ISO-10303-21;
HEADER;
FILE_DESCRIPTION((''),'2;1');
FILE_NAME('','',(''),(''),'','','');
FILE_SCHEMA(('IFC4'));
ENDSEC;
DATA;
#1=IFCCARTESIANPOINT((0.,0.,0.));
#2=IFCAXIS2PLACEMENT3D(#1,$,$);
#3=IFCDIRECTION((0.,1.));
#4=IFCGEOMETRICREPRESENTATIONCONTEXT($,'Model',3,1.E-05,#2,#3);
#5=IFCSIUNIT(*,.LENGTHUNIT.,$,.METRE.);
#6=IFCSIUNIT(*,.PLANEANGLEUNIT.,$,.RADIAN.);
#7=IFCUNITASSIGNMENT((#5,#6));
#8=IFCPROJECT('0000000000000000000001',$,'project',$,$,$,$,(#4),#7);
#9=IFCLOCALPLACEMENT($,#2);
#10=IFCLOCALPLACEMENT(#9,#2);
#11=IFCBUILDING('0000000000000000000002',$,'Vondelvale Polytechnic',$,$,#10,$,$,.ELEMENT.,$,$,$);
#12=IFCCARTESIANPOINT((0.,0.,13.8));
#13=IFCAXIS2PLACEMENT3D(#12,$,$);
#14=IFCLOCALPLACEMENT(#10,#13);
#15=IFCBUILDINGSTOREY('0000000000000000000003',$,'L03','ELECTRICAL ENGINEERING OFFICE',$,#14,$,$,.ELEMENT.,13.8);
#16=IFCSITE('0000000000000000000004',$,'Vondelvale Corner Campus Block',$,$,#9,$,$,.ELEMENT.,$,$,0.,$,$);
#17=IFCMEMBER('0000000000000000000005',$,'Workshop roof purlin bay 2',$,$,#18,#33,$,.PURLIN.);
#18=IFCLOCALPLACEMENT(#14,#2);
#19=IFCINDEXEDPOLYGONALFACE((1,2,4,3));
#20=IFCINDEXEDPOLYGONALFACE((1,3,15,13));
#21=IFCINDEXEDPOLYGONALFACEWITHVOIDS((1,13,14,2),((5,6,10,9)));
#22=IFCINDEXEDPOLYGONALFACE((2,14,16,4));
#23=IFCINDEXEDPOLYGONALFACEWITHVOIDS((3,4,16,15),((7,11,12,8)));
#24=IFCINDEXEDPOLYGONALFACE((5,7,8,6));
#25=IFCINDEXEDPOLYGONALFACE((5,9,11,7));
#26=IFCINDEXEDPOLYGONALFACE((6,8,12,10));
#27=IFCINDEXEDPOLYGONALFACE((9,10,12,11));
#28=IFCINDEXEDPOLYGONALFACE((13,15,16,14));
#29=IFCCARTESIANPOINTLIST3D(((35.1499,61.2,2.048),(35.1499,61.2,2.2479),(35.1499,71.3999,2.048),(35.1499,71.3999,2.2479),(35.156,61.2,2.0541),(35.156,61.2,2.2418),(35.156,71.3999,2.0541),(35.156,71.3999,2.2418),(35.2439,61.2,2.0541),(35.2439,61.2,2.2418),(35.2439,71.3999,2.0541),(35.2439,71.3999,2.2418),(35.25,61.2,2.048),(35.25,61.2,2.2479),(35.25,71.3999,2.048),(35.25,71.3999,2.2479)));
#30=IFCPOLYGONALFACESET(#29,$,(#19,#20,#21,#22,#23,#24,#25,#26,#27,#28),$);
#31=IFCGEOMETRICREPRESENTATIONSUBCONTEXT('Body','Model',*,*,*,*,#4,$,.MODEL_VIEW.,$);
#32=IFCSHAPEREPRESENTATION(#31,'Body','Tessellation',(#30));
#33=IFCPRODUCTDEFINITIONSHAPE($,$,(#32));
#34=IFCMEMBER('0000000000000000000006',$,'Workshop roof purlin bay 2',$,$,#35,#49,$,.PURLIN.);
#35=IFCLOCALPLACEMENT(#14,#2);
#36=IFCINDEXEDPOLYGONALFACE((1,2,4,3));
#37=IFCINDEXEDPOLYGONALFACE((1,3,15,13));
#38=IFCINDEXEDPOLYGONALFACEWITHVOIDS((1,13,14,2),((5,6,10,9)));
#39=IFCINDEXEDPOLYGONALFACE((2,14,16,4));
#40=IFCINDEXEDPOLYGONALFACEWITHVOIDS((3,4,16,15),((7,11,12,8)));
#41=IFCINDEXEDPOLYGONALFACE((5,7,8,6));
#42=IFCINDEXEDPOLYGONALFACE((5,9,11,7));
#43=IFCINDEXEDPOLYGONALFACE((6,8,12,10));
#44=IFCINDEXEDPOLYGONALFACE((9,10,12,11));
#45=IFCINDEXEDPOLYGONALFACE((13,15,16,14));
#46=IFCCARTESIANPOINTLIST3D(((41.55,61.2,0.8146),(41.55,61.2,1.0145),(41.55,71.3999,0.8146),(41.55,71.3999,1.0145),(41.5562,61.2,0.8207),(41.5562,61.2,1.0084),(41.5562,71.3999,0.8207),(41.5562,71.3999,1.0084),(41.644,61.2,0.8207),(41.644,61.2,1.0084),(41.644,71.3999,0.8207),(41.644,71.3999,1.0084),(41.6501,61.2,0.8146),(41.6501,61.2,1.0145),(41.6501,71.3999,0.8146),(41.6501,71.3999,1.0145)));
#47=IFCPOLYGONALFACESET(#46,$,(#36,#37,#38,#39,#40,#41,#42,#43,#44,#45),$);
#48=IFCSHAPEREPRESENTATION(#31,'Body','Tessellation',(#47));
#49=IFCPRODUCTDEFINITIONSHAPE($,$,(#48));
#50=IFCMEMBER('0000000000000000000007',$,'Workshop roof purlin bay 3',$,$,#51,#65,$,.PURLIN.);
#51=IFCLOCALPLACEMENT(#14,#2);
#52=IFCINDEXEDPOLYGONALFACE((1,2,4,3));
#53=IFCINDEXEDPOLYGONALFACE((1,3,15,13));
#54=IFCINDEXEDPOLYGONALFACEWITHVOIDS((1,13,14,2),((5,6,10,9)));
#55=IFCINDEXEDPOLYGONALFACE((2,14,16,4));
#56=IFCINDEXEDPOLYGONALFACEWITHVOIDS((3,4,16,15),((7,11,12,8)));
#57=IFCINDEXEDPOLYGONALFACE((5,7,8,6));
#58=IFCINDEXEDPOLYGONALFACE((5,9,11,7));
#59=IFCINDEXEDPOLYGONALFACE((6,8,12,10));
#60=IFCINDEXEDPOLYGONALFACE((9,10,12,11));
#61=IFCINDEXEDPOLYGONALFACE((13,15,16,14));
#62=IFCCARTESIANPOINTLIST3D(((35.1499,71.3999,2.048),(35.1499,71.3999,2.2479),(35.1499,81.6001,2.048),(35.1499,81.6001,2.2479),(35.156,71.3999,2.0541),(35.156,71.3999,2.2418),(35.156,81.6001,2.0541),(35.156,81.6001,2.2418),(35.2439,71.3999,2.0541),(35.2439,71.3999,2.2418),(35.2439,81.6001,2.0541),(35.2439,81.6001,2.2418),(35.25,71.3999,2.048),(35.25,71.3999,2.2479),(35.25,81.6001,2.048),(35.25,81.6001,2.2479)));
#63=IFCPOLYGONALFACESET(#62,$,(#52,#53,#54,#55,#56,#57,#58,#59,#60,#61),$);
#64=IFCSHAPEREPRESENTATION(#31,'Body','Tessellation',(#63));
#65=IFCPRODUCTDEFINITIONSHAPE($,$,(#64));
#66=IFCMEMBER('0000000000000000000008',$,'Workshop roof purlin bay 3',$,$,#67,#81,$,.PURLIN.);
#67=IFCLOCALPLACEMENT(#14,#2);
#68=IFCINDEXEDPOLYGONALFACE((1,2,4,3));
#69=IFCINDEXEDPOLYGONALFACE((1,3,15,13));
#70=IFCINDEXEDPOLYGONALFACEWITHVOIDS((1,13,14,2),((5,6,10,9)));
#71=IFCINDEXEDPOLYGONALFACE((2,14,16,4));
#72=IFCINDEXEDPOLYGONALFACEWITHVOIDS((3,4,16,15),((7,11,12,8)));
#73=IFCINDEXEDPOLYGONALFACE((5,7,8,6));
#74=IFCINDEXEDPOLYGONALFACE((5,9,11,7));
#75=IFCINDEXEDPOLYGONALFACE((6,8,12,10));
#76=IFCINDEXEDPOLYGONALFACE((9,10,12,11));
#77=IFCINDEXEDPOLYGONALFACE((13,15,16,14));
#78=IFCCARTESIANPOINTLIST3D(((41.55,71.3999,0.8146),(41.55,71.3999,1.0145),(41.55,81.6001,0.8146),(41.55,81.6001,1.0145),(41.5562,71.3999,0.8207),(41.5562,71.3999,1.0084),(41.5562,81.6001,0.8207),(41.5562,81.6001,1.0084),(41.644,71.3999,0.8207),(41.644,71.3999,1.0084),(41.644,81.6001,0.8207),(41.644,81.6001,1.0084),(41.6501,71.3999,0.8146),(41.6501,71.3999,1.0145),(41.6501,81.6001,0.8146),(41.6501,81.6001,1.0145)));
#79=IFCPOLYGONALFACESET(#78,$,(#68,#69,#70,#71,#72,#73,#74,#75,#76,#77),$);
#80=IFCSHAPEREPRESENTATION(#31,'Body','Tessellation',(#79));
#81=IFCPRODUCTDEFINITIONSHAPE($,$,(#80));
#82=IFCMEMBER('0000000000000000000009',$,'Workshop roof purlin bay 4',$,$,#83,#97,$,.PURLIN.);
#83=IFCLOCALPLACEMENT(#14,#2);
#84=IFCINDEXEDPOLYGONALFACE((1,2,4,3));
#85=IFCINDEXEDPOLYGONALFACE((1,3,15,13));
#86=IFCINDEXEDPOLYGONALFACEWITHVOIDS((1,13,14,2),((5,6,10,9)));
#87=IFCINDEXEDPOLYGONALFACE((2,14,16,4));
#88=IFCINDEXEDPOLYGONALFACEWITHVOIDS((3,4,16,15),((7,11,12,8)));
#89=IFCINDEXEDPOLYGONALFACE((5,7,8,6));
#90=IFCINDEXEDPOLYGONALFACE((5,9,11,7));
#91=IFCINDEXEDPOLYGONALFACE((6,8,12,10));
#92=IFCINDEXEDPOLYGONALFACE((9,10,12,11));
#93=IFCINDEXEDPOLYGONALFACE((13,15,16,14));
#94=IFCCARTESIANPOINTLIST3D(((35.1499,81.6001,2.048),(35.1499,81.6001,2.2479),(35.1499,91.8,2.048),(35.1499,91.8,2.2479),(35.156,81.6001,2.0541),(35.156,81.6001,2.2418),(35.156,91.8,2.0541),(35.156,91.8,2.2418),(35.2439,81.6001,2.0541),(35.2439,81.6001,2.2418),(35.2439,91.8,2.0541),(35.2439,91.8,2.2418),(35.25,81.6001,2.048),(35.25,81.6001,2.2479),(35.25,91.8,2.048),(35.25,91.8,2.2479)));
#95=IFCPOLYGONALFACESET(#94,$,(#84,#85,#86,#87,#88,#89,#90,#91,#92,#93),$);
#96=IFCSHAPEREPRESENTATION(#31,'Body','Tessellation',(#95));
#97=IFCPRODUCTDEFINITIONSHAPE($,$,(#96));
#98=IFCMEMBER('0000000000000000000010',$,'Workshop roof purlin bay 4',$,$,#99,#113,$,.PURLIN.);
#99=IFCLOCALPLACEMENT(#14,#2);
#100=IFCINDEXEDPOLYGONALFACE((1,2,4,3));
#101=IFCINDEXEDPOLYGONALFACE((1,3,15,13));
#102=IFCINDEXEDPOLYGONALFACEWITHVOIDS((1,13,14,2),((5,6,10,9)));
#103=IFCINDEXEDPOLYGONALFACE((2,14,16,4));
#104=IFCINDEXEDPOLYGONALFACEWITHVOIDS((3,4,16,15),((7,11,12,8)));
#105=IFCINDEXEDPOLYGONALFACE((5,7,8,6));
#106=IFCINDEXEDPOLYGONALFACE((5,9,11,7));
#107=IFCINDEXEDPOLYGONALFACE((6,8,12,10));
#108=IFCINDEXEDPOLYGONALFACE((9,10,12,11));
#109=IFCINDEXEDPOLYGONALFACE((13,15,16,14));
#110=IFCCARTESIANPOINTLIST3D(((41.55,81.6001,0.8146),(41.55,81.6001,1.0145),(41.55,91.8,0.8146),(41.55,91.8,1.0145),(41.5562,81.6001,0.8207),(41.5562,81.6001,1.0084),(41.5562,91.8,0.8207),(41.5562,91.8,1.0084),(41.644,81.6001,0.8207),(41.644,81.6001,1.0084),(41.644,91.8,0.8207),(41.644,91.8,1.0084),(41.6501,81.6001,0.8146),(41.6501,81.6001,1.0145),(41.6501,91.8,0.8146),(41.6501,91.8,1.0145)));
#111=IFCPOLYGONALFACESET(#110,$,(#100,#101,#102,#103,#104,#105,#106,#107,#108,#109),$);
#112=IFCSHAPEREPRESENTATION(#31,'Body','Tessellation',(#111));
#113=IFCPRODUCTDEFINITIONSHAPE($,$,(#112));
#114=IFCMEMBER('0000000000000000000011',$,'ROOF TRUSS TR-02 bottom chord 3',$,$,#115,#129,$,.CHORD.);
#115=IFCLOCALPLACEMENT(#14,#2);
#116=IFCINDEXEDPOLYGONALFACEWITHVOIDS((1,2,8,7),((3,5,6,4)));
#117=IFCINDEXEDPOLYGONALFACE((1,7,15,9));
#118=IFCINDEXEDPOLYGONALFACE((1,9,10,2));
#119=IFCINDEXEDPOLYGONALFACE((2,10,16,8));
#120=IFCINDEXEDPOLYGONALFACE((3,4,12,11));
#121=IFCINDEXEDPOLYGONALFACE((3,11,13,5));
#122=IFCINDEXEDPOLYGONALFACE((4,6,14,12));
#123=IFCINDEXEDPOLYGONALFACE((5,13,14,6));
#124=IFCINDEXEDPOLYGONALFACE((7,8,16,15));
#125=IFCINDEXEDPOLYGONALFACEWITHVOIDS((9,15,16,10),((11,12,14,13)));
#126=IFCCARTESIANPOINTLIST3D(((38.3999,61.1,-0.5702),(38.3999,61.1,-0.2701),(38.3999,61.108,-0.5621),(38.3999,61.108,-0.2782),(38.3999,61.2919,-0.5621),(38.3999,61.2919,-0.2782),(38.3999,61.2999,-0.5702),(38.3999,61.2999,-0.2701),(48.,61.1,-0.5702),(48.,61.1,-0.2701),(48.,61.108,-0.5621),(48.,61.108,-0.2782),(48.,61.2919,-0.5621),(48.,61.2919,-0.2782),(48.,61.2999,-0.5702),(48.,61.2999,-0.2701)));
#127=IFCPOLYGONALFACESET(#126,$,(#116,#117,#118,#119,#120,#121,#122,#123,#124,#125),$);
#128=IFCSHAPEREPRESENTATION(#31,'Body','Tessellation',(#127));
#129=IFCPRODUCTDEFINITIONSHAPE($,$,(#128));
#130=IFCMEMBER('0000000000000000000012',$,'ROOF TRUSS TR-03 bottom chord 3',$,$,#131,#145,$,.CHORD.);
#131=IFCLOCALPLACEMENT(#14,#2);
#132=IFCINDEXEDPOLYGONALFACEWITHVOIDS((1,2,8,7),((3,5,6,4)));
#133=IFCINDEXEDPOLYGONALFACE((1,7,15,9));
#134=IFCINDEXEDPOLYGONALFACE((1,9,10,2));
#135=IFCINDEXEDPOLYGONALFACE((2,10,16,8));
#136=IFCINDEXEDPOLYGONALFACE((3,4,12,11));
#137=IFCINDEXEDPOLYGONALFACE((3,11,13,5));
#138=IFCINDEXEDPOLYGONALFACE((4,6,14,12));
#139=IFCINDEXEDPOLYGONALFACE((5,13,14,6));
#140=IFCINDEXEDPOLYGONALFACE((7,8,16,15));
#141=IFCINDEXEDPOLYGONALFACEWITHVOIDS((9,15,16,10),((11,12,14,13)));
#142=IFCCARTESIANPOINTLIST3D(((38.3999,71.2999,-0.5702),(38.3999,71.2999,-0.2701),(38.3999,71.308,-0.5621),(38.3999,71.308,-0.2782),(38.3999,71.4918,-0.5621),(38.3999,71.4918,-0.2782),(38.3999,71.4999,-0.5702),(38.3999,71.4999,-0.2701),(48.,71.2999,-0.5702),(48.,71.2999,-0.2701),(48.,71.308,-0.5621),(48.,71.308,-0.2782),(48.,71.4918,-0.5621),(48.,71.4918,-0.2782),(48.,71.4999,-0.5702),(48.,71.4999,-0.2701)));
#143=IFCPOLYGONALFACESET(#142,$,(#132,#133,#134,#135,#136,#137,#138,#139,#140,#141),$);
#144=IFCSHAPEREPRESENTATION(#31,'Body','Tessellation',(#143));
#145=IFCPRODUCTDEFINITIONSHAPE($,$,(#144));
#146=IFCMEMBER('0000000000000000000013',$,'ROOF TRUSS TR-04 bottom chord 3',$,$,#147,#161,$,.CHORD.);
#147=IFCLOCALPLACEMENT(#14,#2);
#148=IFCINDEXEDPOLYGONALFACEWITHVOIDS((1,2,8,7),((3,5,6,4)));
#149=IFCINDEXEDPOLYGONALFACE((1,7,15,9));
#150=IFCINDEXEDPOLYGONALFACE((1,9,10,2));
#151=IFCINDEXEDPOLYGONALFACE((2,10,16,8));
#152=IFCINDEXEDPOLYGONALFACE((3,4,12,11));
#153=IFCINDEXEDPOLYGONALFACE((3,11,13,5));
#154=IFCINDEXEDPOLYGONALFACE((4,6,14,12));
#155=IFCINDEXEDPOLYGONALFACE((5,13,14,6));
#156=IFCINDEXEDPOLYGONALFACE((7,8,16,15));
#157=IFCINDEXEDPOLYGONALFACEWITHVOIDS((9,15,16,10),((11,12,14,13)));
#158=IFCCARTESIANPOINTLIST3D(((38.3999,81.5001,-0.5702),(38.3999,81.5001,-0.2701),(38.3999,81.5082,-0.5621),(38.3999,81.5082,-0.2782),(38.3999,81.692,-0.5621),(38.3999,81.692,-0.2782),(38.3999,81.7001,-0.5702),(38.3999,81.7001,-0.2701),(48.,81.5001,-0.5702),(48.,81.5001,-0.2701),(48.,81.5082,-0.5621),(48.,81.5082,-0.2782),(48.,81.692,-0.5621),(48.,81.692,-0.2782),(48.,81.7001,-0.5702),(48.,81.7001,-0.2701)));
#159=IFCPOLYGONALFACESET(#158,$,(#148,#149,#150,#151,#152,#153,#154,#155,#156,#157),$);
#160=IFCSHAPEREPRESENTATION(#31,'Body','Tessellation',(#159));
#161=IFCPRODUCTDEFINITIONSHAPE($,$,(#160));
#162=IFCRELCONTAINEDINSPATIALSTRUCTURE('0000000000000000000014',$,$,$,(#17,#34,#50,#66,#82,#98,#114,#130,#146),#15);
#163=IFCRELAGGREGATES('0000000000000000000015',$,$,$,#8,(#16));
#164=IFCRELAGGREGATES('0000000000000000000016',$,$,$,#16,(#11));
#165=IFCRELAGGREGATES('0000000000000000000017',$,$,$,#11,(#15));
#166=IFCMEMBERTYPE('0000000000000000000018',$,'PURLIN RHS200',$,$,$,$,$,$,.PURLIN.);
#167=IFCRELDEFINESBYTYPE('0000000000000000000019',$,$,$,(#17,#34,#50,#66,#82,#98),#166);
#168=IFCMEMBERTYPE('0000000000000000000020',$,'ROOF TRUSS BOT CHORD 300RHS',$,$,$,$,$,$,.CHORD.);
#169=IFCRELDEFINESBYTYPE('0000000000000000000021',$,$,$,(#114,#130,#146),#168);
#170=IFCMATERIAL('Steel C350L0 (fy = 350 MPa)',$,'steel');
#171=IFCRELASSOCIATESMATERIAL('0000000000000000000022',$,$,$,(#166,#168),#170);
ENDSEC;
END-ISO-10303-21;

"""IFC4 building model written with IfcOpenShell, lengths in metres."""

from ifc_helpers import new_model, si_unit, direction, frame, origin, origin_2d, place, context, subcontext, project, spatial, hollow_rectangle, extrude, material, material_profile, profile_set, type_object, element, save


model = new_model("IFC4")

# Units and contexts
model_context = context("Model", 3, precision=1e-05, world=origin(), true_north=direction((0.0, 1.0)))
body_context = subcontext(model_context, "Body", "Model", "MODEL_VIEW")
ifc_project = project(units=[si_unit("LENGTHUNIT", "METRE"), si_unit("PLANEANGLEUNIT", "RADIAN")], contexts=[model_context])

# Site, building, storey
site_placement = place(None, origin())
site = spatial("IfcSite", under=ifc_project, at=site_placement, Name="Vondelvale Corner Campus Block", CompositionType="ELEMENT", RefElevation=0.0)
building_placement = place(site_placement, origin())
building = spatial("IfcBuilding", under=site, at=building_placement, Name="Vondelvale Polytechnic", CompositionType="ELEMENT")
storey_placement = place(building_placement, frame((0.0, 0.0, 13.8)))
storey = spatial("IfcBuildingStorey", under=building, at=storey_placement, Name="L03", Description="ELECTRICAL ENGINEERING OFFICE", CompositionType="ELEMENT", Elevation=13.8)

# Members
ifc_material_1 = material(Name="Steel C350L0 (fy = 350 MPa)", Category="steel")
ifc_material_profile_1 = material_profile(ifc_material_1, hollow_rectangle(XDim=0.1001, YDim=0.2, WallThickness=0.0061, at=origin_2d()), Name="200x100x6.0RHS")
ifc_profile_set_1 = profile_set([ifc_material_profile_1], Name="Steel C350L0 (fy = 350 MPa)")
member_type_1 = type_object("IfcMemberType", Name="PURLIN RHS200", PredefinedType="PURLIN", material=ifc_profile_set_1)
for number, where, z_axis, x_axis, name in (
    (1, (35.2, 61.2, 2.1479), (0.0, 1.0, 0.0), (-1.0, 0.0, 0.0), "Workshop roof purlin bay 2"),
    (2, (41.6001, 61.2, 0.9146), (0.0, 1.0, 0.0), (-1.0, 0.0, 0.0), "Workshop roof purlin bay 2"),
):
    element("IfcMember", number, at=place(storey_placement, frame(where, z_axis=z_axis, x_axis=x_axis)), inside=storey, type_object=member_type_1, Name=name, PredefinedType="PURLIN", context=body_context, shape_type="SweptSolid", body=[
        extrude(hollow_rectangle(XDim=0.1001, YDim=0.2, WallThickness=0.0061, at=origin_2d()), origin(), (0.0, 0.0, 1.0), 10.2),
    ])
for number, where, z_axis, x_axis, name in (
    (3, (35.2, 71.3999, 2.1479), (0.0, 1.0, 0.0), (-1.0, 0.0, 0.0), "Workshop roof purlin bay 3"),
    (4, (41.6001, 71.3999, 0.9146), (0.0, 1.0, 0.0), (-1.0, 0.0, 0.0), "Workshop roof purlin bay 3"),
):
    element("IfcMember", number, at=place(storey_placement, frame(where, z_axis=z_axis, x_axis=x_axis)), inside=storey, type_object=member_type_1, Name=name, PredefinedType="PURLIN", context=body_context, shape_type="SweptSolid", body=[
        extrude(hollow_rectangle(XDim=0.1001, YDim=0.2, WallThickness=0.0061, at=origin_2d()), origin(), (0.0, 0.0, 1.0), 10.2002),
    ])
for number, where, z_axis, x_axis, name in (
    (5, (35.2, 81.6001, 2.1479), (0.0, 1.0, 0.0), (-1.0, 0.0, 0.0), "Workshop roof purlin bay 4"),
    (6, (41.6001, 81.6001, 0.9146), (0.0, 1.0, 0.0), (-1.0, 0.0, 0.0), "Workshop roof purlin bay 4"),
):
    element("IfcMember", number, at=place(storey_placement, frame(where, z_axis=z_axis, x_axis=x_axis)), inside=storey, type_object=member_type_1, Name=name, PredefinedType="PURLIN", context=body_context, shape_type="SweptSolid", body=[
        extrude(hollow_rectangle(XDim=0.1001, YDim=0.2, WallThickness=0.0061, at=origin_2d()), origin(), (0.0, 0.0, 1.0), 10.2),
    ])
ifc_material_profile_2 = material_profile(ifc_material_1, hollow_rectangle(XDim=0.2, YDim=0.3, WallThickness=0.0081, at=origin_2d()), Name="300x200x8.0RHS")
ifc_profile_set_2 = profile_set([ifc_material_profile_2], Name="Steel C350L0 (fy = 350 MPa)")
member_type_2 = type_object("IfcMemberType", Name="ROOF TRUSS BOT CHORD 300RHS", PredefinedType="CHORD", material=ifc_profile_set_2)
for number, where, z_axis, x_axis, name in (
    (7, (38.3999, 61.2, -0.4202), (1.0, 0.0, 0.0), (0.0, 1.0, 0.0), "ROOF TRUSS TR-02 bottom chord 3"),
    (8, (38.3999, 71.3999, -0.4202), (1.0, 0.0, 0.0), (0.0, 1.0, 0.0), "ROOF TRUSS TR-03 bottom chord 3"),
    (9, (38.3999, 81.6001, -0.4202), (1.0, 0.0, 0.0), (0.0, 1.0, 0.0), "ROOF TRUSS TR-04 bottom chord 3"),
):
    element("IfcMember", number, at=place(storey_placement, frame(where, z_axis=z_axis, x_axis=x_axis)), inside=storey, type_object=member_type_2, Name=name, PredefinedType="CHORD", context=body_context, shape_type="SweptSolid", body=[
        extrude(hollow_rectangle(XDim=0.2, YDim=0.3, WallThickness=0.0081, at=origin_2d()), origin(), (0.0, 0.0, 1.0), 9.6001),
    ])

save(model, "model.ifc")
